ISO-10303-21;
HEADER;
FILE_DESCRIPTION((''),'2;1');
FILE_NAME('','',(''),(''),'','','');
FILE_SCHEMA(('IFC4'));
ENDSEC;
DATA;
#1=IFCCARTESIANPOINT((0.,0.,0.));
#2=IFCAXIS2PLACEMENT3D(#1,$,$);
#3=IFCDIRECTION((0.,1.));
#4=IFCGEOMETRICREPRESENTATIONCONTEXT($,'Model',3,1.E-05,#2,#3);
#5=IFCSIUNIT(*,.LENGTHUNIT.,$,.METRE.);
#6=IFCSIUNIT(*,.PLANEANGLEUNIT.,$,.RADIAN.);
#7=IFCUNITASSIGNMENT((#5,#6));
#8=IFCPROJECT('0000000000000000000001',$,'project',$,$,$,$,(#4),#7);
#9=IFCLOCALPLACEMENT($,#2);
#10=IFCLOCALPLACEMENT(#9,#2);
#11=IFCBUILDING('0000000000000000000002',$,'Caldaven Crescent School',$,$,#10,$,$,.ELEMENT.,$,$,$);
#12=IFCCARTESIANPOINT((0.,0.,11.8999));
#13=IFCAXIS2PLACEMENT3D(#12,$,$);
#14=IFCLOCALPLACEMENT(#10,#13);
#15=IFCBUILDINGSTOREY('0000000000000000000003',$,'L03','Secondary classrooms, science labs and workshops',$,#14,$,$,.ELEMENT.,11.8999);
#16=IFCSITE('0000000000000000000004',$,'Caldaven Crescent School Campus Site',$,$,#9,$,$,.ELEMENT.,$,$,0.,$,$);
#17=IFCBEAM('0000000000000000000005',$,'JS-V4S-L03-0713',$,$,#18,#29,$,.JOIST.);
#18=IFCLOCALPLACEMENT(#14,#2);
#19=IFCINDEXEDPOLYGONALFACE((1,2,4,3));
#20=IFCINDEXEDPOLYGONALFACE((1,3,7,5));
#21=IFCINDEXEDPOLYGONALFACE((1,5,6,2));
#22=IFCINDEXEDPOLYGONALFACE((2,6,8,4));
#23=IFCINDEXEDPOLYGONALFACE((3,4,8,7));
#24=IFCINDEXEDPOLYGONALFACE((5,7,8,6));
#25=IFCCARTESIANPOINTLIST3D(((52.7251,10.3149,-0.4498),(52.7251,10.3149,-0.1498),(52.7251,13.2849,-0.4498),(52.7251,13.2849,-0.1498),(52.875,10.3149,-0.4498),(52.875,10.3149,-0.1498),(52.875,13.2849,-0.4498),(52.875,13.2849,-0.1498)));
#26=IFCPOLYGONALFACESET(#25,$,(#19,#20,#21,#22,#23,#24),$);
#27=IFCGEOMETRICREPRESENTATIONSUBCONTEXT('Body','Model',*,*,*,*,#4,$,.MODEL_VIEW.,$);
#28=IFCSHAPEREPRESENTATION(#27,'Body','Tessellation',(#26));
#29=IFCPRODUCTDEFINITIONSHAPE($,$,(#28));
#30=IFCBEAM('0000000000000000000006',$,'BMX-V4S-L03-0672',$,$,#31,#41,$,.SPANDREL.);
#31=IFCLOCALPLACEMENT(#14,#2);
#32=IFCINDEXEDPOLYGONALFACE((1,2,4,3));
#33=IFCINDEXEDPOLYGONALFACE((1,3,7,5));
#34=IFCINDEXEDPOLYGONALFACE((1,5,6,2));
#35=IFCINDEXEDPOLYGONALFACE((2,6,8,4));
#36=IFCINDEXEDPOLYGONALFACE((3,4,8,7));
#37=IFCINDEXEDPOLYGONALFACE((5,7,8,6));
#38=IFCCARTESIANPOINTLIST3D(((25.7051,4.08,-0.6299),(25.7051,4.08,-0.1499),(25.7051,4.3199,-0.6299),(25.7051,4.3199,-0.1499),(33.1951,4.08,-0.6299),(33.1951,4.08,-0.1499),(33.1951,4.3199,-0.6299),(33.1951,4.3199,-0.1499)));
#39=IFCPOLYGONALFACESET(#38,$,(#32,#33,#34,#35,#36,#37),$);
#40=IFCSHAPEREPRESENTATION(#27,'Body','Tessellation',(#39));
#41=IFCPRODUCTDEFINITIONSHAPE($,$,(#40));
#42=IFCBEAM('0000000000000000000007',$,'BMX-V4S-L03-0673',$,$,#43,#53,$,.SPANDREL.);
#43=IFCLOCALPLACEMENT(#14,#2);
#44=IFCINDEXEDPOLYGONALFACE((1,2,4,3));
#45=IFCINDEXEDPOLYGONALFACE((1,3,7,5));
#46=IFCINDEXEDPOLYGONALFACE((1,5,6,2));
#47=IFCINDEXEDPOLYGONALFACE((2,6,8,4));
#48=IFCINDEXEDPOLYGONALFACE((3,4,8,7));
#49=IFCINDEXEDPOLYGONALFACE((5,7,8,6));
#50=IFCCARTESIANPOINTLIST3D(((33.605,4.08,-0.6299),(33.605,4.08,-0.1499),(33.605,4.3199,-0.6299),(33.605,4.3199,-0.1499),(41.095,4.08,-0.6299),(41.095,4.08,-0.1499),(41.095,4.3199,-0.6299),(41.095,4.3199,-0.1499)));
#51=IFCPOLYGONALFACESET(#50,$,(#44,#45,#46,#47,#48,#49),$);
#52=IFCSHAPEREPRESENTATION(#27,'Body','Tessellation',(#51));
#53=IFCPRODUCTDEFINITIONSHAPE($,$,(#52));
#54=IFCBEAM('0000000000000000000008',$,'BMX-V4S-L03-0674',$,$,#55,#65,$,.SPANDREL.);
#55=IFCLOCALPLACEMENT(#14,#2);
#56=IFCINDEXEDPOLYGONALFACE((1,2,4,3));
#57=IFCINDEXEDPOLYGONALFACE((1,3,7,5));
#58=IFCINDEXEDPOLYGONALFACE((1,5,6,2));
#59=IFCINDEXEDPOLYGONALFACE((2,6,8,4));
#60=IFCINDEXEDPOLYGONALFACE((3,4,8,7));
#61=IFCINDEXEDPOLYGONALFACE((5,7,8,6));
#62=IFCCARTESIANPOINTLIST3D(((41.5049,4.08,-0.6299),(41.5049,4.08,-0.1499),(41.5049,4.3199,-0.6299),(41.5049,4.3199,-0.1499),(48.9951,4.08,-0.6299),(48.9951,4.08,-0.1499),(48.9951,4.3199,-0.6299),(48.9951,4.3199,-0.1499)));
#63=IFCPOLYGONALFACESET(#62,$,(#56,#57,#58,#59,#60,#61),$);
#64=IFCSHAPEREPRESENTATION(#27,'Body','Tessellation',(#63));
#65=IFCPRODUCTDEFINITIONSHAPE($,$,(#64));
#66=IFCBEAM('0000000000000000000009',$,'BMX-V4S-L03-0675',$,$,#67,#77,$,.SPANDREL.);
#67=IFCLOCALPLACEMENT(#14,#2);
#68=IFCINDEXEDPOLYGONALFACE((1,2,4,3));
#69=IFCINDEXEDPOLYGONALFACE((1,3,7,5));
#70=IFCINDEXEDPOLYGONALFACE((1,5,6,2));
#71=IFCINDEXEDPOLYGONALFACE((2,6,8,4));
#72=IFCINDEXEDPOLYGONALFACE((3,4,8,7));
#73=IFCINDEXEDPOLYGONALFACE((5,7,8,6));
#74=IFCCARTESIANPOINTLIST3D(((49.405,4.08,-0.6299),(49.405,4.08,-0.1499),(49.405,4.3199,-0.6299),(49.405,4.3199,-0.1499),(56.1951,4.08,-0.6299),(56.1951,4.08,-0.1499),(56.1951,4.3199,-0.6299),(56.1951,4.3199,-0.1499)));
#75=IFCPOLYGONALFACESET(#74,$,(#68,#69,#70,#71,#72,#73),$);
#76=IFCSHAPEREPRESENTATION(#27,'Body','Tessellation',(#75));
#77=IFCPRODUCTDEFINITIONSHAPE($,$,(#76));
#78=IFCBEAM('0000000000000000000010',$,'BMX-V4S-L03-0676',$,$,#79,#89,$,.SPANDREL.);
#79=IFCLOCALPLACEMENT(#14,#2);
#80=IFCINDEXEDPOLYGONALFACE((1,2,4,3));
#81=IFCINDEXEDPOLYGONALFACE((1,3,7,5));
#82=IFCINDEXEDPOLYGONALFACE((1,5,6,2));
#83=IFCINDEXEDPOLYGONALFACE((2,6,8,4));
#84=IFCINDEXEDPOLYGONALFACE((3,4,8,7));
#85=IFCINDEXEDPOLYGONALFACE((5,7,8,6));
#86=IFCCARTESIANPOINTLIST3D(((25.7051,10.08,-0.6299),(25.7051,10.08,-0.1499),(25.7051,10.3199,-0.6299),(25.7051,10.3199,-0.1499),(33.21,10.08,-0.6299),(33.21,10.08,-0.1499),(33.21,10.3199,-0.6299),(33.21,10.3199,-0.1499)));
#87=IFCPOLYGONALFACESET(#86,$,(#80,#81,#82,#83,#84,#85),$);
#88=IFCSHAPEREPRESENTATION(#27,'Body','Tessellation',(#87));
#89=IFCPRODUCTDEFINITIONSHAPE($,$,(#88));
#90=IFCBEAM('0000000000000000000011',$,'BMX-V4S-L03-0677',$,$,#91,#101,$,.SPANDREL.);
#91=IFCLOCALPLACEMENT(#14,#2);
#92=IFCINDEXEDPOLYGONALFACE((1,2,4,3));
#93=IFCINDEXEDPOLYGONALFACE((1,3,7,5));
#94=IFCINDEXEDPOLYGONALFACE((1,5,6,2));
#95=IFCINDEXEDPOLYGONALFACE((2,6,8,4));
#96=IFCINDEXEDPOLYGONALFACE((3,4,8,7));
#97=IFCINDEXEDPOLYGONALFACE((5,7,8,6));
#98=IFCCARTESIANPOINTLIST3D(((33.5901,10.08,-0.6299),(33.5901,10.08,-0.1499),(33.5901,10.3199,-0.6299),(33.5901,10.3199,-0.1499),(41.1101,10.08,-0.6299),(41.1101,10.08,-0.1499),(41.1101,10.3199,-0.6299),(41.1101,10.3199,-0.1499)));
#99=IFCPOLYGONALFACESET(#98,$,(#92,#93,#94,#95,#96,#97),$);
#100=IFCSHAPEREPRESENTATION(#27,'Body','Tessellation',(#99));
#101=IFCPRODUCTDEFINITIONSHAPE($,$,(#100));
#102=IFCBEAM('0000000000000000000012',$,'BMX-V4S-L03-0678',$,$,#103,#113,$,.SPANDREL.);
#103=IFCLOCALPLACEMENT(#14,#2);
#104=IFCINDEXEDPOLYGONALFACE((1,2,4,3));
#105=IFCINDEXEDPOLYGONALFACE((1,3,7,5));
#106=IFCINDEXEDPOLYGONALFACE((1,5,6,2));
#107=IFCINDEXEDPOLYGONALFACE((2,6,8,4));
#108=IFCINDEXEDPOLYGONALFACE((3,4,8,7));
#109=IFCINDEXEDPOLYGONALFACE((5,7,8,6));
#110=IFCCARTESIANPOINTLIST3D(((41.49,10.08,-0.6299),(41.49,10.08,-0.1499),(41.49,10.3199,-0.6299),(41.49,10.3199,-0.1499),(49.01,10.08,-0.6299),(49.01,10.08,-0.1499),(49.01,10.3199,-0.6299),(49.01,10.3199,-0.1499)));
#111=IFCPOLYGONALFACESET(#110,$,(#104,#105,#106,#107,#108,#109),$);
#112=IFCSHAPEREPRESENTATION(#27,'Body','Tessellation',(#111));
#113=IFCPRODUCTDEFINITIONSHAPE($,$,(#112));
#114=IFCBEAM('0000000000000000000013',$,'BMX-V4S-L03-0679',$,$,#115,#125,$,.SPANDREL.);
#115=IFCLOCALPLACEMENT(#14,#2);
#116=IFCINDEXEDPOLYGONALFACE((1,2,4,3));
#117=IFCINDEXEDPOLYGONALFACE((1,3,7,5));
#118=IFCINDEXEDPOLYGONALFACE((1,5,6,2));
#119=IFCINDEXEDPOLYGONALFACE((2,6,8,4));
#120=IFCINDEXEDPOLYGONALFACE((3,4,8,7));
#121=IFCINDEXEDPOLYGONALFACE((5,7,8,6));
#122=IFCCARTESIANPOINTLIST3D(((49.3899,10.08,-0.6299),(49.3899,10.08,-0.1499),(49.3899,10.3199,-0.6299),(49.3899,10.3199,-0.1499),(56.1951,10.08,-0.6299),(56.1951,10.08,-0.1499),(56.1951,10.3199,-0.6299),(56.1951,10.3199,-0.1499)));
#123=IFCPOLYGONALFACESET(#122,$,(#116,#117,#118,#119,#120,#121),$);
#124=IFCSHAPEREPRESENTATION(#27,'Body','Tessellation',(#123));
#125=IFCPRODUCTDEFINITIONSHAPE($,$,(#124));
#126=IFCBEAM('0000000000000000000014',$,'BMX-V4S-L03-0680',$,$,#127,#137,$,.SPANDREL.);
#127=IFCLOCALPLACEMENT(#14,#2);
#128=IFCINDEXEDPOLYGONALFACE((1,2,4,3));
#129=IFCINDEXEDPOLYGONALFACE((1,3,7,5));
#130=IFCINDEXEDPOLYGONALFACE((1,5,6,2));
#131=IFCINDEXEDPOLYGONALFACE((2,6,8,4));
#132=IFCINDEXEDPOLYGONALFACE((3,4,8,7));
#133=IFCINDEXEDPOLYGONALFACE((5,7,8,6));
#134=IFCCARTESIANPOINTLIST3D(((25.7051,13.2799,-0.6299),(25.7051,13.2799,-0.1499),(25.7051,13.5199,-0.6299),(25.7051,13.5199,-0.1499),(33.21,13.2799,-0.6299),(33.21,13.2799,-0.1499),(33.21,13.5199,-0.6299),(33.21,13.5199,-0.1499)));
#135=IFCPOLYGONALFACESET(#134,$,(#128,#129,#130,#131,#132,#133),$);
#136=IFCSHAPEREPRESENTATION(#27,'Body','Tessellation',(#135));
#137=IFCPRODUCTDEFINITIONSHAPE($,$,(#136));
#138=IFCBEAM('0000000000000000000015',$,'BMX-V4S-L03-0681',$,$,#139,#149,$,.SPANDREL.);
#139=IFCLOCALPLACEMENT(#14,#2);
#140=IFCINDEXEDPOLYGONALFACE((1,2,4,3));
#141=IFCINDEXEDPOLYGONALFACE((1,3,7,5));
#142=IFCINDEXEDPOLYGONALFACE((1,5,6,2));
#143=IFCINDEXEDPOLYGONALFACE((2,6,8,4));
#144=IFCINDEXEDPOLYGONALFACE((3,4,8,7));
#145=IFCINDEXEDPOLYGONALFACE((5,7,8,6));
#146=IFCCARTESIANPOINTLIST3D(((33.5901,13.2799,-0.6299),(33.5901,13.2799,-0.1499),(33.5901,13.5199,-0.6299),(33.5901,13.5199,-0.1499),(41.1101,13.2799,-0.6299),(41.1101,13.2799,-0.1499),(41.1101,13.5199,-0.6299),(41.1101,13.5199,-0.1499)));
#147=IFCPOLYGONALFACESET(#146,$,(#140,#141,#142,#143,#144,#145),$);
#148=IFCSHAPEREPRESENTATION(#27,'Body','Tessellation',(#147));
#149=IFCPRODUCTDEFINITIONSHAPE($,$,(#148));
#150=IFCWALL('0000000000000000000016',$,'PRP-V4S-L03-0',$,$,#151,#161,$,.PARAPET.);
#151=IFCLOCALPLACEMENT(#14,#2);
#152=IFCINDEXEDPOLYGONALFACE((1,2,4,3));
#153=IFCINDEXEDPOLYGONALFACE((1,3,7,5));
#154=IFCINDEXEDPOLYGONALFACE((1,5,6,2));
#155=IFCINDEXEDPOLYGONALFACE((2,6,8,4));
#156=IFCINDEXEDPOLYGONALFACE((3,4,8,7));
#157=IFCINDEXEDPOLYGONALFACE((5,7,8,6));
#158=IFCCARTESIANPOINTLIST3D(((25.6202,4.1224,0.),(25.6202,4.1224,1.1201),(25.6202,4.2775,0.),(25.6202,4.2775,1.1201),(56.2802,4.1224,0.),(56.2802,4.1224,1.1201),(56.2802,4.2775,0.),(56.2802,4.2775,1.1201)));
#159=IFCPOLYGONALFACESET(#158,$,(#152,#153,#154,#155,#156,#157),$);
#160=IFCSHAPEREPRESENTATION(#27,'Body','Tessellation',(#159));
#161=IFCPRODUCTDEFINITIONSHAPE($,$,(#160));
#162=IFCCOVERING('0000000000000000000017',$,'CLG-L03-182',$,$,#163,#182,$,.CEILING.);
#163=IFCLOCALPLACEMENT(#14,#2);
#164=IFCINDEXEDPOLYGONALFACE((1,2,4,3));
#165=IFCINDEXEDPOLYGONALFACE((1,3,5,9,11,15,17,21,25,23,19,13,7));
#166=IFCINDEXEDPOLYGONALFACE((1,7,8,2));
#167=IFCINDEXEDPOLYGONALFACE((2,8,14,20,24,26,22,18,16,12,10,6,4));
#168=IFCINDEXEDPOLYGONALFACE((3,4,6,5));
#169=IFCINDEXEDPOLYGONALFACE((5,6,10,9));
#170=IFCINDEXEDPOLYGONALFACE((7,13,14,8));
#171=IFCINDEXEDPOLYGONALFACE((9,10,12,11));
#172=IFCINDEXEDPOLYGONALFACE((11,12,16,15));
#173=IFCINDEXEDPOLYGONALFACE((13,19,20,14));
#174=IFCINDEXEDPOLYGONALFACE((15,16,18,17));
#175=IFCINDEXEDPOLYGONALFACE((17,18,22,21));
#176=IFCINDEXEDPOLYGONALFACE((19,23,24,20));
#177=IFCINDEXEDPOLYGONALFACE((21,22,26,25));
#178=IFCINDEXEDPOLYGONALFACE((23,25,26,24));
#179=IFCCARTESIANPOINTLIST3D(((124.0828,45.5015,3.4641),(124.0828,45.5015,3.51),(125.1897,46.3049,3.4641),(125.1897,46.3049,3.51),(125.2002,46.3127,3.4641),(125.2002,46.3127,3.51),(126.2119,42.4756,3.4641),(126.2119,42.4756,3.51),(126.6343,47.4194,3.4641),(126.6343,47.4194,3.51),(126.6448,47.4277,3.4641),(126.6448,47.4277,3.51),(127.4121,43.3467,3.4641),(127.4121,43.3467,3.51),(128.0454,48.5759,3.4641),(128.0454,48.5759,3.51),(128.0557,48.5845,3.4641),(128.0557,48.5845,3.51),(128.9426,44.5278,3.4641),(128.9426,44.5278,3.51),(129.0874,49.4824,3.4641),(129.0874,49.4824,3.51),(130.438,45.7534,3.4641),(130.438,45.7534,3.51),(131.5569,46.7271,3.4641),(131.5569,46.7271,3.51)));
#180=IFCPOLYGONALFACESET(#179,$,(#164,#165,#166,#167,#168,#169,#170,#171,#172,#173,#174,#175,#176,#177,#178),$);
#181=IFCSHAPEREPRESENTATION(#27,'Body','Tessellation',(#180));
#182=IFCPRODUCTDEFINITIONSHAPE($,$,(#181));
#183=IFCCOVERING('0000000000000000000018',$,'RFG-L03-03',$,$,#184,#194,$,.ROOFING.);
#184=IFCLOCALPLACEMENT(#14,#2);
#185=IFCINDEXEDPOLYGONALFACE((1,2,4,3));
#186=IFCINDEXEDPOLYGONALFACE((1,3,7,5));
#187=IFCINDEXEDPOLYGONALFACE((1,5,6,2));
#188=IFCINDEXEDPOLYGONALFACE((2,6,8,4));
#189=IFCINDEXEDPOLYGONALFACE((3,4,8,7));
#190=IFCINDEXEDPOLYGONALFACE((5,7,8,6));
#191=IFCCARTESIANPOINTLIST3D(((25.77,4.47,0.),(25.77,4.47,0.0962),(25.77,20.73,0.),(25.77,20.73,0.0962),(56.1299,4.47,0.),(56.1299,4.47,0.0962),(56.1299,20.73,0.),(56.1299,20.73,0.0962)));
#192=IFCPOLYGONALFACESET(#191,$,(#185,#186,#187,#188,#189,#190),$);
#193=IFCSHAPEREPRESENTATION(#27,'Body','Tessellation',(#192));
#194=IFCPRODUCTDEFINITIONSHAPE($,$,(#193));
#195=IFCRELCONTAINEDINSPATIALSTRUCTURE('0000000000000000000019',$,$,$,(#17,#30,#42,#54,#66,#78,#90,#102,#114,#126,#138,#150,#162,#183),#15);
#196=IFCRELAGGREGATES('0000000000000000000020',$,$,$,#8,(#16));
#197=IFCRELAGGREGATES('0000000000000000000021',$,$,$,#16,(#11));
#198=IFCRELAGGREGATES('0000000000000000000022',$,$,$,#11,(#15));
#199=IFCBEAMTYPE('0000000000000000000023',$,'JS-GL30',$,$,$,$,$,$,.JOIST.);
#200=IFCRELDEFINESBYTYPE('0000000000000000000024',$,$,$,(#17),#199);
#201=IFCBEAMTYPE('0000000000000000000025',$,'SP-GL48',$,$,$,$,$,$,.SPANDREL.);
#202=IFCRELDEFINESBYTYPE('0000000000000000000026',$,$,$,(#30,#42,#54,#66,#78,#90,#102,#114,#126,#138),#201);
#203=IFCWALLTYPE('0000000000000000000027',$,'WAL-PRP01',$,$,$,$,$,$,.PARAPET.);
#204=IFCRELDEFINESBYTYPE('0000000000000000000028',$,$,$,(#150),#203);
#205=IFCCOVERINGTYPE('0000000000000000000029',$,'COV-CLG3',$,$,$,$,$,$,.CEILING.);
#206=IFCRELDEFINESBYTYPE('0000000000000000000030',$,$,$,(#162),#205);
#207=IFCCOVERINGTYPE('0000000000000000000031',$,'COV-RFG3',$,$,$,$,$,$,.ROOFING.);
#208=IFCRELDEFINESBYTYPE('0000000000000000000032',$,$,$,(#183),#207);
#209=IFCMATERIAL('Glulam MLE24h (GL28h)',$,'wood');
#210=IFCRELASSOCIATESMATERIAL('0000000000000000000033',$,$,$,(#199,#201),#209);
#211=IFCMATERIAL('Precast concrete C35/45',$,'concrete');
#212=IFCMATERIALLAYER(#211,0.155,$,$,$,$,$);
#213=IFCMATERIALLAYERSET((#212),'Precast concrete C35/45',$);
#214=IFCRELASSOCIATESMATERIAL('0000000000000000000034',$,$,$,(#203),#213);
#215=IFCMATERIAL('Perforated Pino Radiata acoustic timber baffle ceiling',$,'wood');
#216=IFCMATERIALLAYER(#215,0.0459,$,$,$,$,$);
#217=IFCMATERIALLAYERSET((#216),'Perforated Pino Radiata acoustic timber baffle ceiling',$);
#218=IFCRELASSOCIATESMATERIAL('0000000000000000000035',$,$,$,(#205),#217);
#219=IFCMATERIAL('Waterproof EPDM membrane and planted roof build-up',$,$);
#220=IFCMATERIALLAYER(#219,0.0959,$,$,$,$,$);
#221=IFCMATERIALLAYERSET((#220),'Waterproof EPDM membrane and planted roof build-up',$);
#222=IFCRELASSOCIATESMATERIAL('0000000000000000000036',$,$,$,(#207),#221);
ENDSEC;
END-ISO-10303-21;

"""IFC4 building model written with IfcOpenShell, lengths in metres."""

from ifc_helpers import new_model, si_unit, direction, frame, frame_2d, origin, origin_2d, place, context, subcontext, project, spatial, polyline, rectangle, outline, extrude, material, layer, layer_set, material_profile, profile_set, type_object, element, save


model = new_model("IFC4")

# Units and contexts
model_context = context("Model", 3, precision=1e-05, world=origin(), true_north=direction((0.0, 1.0)))
body_context = subcontext(model_context, "Body", "Model", "MODEL_VIEW")
ifc_project = project(units=[si_unit("LENGTHUNIT", "METRE"), si_unit("PLANEANGLEUNIT", "RADIAN")], contexts=[model_context])

# Site, building, storey
site_placement = place(None, origin())
site = spatial("IfcSite", under=ifc_project, at=site_placement, Name="Caldaven Crescent School Campus Site", CompositionType="ELEMENT", RefElevation=0.0)
building_placement = place(site_placement, origin())
building = spatial("IfcBuilding", under=site, at=building_placement, Name="Caldaven Crescent School", CompositionType="ELEMENT")
storey_placement = place(building_placement, frame((0.0, 0.0, 11.8999)))
storey = spatial("IfcBuildingStorey", under=building, at=storey_placement, Name="L03", Description="Secondary classrooms, science labs and workshops", CompositionType="ELEMENT", Elevation=11.8999)

# Beams
ifc_material_1 = material(Name="Glulam MLE24h (GL28h)", Category="wood")
ifc_material_profile_1 = material_profile(ifc_material_1, rectangle(XDim=0.1499, YDim=0.3, at=origin_2d()), Name="MLE 150x300")
ifc_profile_set_1 = profile_set([ifc_material_profile_1], Name="Glulam MLE24h (GL28h)")
beam_type_1 = type_object("IfcBeamType", Name="JS-GL30", PredefinedType="JOIST", material=ifc_profile_set_1)
beam_1_placement = place(storey_placement, frame((52.8, 10.3149, -0.2998), z_axis=(0.0, 1.0, 0.0), x_axis=(-1.0, 0.0, 0.0)))
element("IfcBeam", 1, at=beam_1_placement, inside=storey, type_object=beam_type_1, Name="JS-V4S-L03-0713", PredefinedType="JOIST", context=body_context, shape_type="SweptSolid", body=[
    extrude(rectangle(XDim=0.1499, YDim=0.3, at=origin_2d()), origin(), (0.0, 0.0, 1.0), 2.97),
])
ifc_material_profile_2 = material_profile(ifc_material_1, rectangle(XDim=0.24, YDim=0.48, at=origin_2d()), Name="MLE 240x480")
ifc_profile_set_2 = profile_set([ifc_material_profile_2], Name="Glulam MLE24h (GL28h)")
beam_type_2 = type_object("IfcBeamType", Name="SP-GL48", PredefinedType="SPANDREL", material=ifc_profile_set_2)
for number, where, z_axis, x_axis, name in (
    (2, (25.7051, 4.2, -0.3899), (1.0, 0.0, 0.0), (0.0, 1.0, 0.0), "BMX-V4S-L03-0672"),
    (3, (33.605, 4.2, -0.3899), (1.0, 0.0, 0.0), (0.0, 1.0, 0.0), "BMX-V4S-L03-0673"),
):
    element("IfcBeam", number, at=place(storey_placement, frame(where, z_axis=z_axis, x_axis=x_axis)), inside=storey, type_object=beam_type_2, Name=name, PredefinedType="SPANDREL", context=body_context, shape_type="SweptSolid", body=[
        extrude(rectangle(XDim=0.24, YDim=0.48, at=origin_2d()), origin(), (0.0, 0.0, 1.0), 7.49),
    ])
beam_2_placement = place(storey_placement, frame((41.5049, 4.2, -0.3899), z_axis=(1.0, 0.0, 0.0), x_axis=(0.0, 1.0, 0.0)))
element("IfcBeam", 4, at=beam_2_placement, inside=storey, type_object=beam_type_2, Name="BMX-V4S-L03-0674", PredefinedType="SPANDREL", context=body_context, shape_type="SweptSolid", body=[
    extrude(rectangle(XDim=0.24, YDim=0.48, at=origin_2d()), origin(), (0.0, 0.0, 1.0), 7.4902),
])
beam_3_placement = place(storey_placement, frame((49.405, 4.2, -0.3899), z_axis=(1.0, 0.0, 0.0), x_axis=(0.0, 1.0, 0.0)))
element("IfcBeam", 5, at=beam_3_placement, inside=storey, type_object=beam_type_2, Name="BMX-V4S-L03-0675", PredefinedType="SPANDREL", context=body_context, shape_type="SweptSolid", body=[
    extrude(rectangle(XDim=0.24, YDim=0.48, at=origin_2d()), origin(), (0.0, 0.0, 1.0), 6.79),
])
beam_4_placement = place(storey_placement, frame((25.7051, 10.2, -0.3899), z_axis=(1.0, 0.0, 0.0), x_axis=(0.0, 1.0, 0.0)))
element("IfcBeam", 6, at=beam_4_placement, inside=storey, type_object=beam_type_2, Name="BMX-V4S-L03-0676", PredefinedType="SPANDREL", context=body_context, shape_type="SweptSolid", body=[
    extrude(rectangle(XDim=0.24, YDim=0.48, at=origin_2d()), origin(), (0.0, 0.0, 1.0), 7.5049),
])
for number, where, z_axis, x_axis, name in (
    (7, (33.5901, 10.2, -0.3899), (1.0, 0.0, 0.0), (0.0, 1.0, 0.0), "BMX-V4S-L03-0677"),
    (8, (41.49, 10.2, -0.3899), (1.0, 0.0, 0.0), (0.0, 1.0, 0.0), "BMX-V4S-L03-0678"),
):
    element("IfcBeam", number, at=place(storey_placement, frame(where, z_axis=z_axis, x_axis=x_axis)), inside=storey, type_object=beam_type_2, Name=name, PredefinedType="SPANDREL", context=body_context, shape_type="SweptSolid", body=[
        extrude(rectangle(XDim=0.24, YDim=0.48, at=origin_2d()), origin(), (0.0, 0.0, 1.0), 7.52),
    ])
beam_5_placement = place(storey_placement, frame((49.3899, 10.2, -0.3899), z_axis=(1.0, 0.0, 0.0), x_axis=(0.0, 1.0, 0.0)))
element("IfcBeam", 9, at=beam_5_placement, inside=storey, type_object=beam_type_2, Name="BMX-V4S-L03-0679", PredefinedType="SPANDREL", context=body_context, shape_type="SweptSolid", body=[
    extrude(rectangle(XDim=0.24, YDim=0.48, at=origin_2d()), origin(), (0.0, 0.0, 1.0), 6.8052),
])
beam_6_placement = place(storey_placement, frame((25.7051, 13.3999, -0.3899), z_axis=(1.0, 0.0, 0.0), x_axis=(0.0, 1.0, 0.0)))
element("IfcBeam", 10, at=beam_6_placement, inside=storey, type_object=beam_type_2, Name="BMX-V4S-L03-0680", PredefinedType="SPANDREL", context=body_context, shape_type="SweptSolid", body=[
    extrude(rectangle(XDim=0.24, YDim=0.48, at=origin_2d()), origin(), (0.0, 0.0, 1.0), 7.5049),
])
beam_7_placement = place(storey_placement, frame((33.5901, 13.3999, -0.3899), z_axis=(1.0, 0.0, 0.0), x_axis=(0.0, 1.0, 0.0)))
element("IfcBeam", 11, at=beam_7_placement, inside=storey, type_object=beam_type_2, Name="BMX-V4S-L03-0681", PredefinedType="SPANDREL", context=body_context, shape_type="SweptSolid", body=[
    extrude(rectangle(XDim=0.24, YDim=0.48, at=origin_2d()), origin(), (0.0, 0.0, 1.0), 7.52),
])

# Wall
ifc_material_2 = material(Name="Precast concrete C35/45", Category="concrete")
ifc_layer_1 = layer(ifc_material_2, 0.155)
ifc_layer_set_1 = layer_set([ifc_layer_1], Name="Precast concrete C35/45")
wall_type = type_object("IfcWallType", Name="WAL-PRP01", PredefinedType="PARAPET", material=ifc_layer_set_1)
wall_placement = place(storey_placement, frame((25.6201, 4.2, 0.0), z_axis=(0.0, 0.0, 1.0), x_axis=(1.0, 0.0, 0.0)))
element("IfcWall", 12, at=wall_placement, inside=storey, type_object=wall_type, Name="PRP-V4S-L03-0", PredefinedType="PARAPET", context=body_context, shape_type="SweptSolid", body=[
    extrude(rectangle(XDim=30.6599, YDim=0.155, at=frame_2d((15.3301, 0.0))), origin(), (0.0, 0.0, 1.0), 1.1201),
])

# Coverings
ifc_material_3 = material(Name="Perforated Pino Radiata acoustic timber baffle ceiling", Category="wood")
ifc_layer_2 = layer(ifc_material_3, 0.0459)
ifc_layer_set_2 = layer_set([ifc_layer_2], Name="Perforated Pino Radiata acoustic timber baffle ceiling")
covering_type_1 = type_object("IfcCoveringType", Name="COV-CLG3", PredefinedType="CEILING", material=ifc_layer_set_2)
covering_1_placement = place(storey_placement, frame((0.0, 0.0, 3.4641)))
element("IfcCovering", 13, at=covering_1_placement, inside=storey, type_object=covering_type_1, Name="CLG-L03-182", PredefinedType="CEILING", context=body_context, shape_type="SweptSolid", body=[
    extrude(outline(polyline([(125.1897, 46.3049), (125.2002, 46.3127), (126.6343, 47.4194), (126.6448, 47.4277), (128.0454, 48.5759), (128.0557, 48.5845), (129.0874, 49.4824), (131.5569, 46.7271), (130.438, 45.7534), (128.9426, 44.5278), (127.4121, 43.3467), (126.2119, 42.4756), (124.0828, 45.5015), (125.1897, 46.3049)])), origin(), (0.0, 0.0, 1.0), 0.0459),
])
ifc_material_4 = material(Name="Waterproof EPDM membrane and planted roof build-up")
ifc_layer_3 = layer(ifc_material_4, 0.0959)
ifc_layer_set_3 = layer_set([ifc_layer_3], Name="Waterproof EPDM membrane and planted roof build-up")
covering_type_2 = type_object("IfcCoveringType", Name="COV-RFG3", PredefinedType="ROOFING", material=ifc_layer_set_3)
covering_2_placement = place(storey_placement, origin())
element("IfcCovering", 14, at=covering_2_placement, inside=storey, type_object=covering_type_2, Name="RFG-L03-03", PredefinedType="ROOFING", context=body_context, shape_type="SweptSolid", body=[
    extrude(outline(polyline([(25.77, 4.47), (25.77, 20.73), (56.1299, 20.73), (56.1299, 4.47), (25.77, 4.47)])), origin(), (0.0, 0.0, 1.0), 0.0962),
])

save(model, "model.ifc")
